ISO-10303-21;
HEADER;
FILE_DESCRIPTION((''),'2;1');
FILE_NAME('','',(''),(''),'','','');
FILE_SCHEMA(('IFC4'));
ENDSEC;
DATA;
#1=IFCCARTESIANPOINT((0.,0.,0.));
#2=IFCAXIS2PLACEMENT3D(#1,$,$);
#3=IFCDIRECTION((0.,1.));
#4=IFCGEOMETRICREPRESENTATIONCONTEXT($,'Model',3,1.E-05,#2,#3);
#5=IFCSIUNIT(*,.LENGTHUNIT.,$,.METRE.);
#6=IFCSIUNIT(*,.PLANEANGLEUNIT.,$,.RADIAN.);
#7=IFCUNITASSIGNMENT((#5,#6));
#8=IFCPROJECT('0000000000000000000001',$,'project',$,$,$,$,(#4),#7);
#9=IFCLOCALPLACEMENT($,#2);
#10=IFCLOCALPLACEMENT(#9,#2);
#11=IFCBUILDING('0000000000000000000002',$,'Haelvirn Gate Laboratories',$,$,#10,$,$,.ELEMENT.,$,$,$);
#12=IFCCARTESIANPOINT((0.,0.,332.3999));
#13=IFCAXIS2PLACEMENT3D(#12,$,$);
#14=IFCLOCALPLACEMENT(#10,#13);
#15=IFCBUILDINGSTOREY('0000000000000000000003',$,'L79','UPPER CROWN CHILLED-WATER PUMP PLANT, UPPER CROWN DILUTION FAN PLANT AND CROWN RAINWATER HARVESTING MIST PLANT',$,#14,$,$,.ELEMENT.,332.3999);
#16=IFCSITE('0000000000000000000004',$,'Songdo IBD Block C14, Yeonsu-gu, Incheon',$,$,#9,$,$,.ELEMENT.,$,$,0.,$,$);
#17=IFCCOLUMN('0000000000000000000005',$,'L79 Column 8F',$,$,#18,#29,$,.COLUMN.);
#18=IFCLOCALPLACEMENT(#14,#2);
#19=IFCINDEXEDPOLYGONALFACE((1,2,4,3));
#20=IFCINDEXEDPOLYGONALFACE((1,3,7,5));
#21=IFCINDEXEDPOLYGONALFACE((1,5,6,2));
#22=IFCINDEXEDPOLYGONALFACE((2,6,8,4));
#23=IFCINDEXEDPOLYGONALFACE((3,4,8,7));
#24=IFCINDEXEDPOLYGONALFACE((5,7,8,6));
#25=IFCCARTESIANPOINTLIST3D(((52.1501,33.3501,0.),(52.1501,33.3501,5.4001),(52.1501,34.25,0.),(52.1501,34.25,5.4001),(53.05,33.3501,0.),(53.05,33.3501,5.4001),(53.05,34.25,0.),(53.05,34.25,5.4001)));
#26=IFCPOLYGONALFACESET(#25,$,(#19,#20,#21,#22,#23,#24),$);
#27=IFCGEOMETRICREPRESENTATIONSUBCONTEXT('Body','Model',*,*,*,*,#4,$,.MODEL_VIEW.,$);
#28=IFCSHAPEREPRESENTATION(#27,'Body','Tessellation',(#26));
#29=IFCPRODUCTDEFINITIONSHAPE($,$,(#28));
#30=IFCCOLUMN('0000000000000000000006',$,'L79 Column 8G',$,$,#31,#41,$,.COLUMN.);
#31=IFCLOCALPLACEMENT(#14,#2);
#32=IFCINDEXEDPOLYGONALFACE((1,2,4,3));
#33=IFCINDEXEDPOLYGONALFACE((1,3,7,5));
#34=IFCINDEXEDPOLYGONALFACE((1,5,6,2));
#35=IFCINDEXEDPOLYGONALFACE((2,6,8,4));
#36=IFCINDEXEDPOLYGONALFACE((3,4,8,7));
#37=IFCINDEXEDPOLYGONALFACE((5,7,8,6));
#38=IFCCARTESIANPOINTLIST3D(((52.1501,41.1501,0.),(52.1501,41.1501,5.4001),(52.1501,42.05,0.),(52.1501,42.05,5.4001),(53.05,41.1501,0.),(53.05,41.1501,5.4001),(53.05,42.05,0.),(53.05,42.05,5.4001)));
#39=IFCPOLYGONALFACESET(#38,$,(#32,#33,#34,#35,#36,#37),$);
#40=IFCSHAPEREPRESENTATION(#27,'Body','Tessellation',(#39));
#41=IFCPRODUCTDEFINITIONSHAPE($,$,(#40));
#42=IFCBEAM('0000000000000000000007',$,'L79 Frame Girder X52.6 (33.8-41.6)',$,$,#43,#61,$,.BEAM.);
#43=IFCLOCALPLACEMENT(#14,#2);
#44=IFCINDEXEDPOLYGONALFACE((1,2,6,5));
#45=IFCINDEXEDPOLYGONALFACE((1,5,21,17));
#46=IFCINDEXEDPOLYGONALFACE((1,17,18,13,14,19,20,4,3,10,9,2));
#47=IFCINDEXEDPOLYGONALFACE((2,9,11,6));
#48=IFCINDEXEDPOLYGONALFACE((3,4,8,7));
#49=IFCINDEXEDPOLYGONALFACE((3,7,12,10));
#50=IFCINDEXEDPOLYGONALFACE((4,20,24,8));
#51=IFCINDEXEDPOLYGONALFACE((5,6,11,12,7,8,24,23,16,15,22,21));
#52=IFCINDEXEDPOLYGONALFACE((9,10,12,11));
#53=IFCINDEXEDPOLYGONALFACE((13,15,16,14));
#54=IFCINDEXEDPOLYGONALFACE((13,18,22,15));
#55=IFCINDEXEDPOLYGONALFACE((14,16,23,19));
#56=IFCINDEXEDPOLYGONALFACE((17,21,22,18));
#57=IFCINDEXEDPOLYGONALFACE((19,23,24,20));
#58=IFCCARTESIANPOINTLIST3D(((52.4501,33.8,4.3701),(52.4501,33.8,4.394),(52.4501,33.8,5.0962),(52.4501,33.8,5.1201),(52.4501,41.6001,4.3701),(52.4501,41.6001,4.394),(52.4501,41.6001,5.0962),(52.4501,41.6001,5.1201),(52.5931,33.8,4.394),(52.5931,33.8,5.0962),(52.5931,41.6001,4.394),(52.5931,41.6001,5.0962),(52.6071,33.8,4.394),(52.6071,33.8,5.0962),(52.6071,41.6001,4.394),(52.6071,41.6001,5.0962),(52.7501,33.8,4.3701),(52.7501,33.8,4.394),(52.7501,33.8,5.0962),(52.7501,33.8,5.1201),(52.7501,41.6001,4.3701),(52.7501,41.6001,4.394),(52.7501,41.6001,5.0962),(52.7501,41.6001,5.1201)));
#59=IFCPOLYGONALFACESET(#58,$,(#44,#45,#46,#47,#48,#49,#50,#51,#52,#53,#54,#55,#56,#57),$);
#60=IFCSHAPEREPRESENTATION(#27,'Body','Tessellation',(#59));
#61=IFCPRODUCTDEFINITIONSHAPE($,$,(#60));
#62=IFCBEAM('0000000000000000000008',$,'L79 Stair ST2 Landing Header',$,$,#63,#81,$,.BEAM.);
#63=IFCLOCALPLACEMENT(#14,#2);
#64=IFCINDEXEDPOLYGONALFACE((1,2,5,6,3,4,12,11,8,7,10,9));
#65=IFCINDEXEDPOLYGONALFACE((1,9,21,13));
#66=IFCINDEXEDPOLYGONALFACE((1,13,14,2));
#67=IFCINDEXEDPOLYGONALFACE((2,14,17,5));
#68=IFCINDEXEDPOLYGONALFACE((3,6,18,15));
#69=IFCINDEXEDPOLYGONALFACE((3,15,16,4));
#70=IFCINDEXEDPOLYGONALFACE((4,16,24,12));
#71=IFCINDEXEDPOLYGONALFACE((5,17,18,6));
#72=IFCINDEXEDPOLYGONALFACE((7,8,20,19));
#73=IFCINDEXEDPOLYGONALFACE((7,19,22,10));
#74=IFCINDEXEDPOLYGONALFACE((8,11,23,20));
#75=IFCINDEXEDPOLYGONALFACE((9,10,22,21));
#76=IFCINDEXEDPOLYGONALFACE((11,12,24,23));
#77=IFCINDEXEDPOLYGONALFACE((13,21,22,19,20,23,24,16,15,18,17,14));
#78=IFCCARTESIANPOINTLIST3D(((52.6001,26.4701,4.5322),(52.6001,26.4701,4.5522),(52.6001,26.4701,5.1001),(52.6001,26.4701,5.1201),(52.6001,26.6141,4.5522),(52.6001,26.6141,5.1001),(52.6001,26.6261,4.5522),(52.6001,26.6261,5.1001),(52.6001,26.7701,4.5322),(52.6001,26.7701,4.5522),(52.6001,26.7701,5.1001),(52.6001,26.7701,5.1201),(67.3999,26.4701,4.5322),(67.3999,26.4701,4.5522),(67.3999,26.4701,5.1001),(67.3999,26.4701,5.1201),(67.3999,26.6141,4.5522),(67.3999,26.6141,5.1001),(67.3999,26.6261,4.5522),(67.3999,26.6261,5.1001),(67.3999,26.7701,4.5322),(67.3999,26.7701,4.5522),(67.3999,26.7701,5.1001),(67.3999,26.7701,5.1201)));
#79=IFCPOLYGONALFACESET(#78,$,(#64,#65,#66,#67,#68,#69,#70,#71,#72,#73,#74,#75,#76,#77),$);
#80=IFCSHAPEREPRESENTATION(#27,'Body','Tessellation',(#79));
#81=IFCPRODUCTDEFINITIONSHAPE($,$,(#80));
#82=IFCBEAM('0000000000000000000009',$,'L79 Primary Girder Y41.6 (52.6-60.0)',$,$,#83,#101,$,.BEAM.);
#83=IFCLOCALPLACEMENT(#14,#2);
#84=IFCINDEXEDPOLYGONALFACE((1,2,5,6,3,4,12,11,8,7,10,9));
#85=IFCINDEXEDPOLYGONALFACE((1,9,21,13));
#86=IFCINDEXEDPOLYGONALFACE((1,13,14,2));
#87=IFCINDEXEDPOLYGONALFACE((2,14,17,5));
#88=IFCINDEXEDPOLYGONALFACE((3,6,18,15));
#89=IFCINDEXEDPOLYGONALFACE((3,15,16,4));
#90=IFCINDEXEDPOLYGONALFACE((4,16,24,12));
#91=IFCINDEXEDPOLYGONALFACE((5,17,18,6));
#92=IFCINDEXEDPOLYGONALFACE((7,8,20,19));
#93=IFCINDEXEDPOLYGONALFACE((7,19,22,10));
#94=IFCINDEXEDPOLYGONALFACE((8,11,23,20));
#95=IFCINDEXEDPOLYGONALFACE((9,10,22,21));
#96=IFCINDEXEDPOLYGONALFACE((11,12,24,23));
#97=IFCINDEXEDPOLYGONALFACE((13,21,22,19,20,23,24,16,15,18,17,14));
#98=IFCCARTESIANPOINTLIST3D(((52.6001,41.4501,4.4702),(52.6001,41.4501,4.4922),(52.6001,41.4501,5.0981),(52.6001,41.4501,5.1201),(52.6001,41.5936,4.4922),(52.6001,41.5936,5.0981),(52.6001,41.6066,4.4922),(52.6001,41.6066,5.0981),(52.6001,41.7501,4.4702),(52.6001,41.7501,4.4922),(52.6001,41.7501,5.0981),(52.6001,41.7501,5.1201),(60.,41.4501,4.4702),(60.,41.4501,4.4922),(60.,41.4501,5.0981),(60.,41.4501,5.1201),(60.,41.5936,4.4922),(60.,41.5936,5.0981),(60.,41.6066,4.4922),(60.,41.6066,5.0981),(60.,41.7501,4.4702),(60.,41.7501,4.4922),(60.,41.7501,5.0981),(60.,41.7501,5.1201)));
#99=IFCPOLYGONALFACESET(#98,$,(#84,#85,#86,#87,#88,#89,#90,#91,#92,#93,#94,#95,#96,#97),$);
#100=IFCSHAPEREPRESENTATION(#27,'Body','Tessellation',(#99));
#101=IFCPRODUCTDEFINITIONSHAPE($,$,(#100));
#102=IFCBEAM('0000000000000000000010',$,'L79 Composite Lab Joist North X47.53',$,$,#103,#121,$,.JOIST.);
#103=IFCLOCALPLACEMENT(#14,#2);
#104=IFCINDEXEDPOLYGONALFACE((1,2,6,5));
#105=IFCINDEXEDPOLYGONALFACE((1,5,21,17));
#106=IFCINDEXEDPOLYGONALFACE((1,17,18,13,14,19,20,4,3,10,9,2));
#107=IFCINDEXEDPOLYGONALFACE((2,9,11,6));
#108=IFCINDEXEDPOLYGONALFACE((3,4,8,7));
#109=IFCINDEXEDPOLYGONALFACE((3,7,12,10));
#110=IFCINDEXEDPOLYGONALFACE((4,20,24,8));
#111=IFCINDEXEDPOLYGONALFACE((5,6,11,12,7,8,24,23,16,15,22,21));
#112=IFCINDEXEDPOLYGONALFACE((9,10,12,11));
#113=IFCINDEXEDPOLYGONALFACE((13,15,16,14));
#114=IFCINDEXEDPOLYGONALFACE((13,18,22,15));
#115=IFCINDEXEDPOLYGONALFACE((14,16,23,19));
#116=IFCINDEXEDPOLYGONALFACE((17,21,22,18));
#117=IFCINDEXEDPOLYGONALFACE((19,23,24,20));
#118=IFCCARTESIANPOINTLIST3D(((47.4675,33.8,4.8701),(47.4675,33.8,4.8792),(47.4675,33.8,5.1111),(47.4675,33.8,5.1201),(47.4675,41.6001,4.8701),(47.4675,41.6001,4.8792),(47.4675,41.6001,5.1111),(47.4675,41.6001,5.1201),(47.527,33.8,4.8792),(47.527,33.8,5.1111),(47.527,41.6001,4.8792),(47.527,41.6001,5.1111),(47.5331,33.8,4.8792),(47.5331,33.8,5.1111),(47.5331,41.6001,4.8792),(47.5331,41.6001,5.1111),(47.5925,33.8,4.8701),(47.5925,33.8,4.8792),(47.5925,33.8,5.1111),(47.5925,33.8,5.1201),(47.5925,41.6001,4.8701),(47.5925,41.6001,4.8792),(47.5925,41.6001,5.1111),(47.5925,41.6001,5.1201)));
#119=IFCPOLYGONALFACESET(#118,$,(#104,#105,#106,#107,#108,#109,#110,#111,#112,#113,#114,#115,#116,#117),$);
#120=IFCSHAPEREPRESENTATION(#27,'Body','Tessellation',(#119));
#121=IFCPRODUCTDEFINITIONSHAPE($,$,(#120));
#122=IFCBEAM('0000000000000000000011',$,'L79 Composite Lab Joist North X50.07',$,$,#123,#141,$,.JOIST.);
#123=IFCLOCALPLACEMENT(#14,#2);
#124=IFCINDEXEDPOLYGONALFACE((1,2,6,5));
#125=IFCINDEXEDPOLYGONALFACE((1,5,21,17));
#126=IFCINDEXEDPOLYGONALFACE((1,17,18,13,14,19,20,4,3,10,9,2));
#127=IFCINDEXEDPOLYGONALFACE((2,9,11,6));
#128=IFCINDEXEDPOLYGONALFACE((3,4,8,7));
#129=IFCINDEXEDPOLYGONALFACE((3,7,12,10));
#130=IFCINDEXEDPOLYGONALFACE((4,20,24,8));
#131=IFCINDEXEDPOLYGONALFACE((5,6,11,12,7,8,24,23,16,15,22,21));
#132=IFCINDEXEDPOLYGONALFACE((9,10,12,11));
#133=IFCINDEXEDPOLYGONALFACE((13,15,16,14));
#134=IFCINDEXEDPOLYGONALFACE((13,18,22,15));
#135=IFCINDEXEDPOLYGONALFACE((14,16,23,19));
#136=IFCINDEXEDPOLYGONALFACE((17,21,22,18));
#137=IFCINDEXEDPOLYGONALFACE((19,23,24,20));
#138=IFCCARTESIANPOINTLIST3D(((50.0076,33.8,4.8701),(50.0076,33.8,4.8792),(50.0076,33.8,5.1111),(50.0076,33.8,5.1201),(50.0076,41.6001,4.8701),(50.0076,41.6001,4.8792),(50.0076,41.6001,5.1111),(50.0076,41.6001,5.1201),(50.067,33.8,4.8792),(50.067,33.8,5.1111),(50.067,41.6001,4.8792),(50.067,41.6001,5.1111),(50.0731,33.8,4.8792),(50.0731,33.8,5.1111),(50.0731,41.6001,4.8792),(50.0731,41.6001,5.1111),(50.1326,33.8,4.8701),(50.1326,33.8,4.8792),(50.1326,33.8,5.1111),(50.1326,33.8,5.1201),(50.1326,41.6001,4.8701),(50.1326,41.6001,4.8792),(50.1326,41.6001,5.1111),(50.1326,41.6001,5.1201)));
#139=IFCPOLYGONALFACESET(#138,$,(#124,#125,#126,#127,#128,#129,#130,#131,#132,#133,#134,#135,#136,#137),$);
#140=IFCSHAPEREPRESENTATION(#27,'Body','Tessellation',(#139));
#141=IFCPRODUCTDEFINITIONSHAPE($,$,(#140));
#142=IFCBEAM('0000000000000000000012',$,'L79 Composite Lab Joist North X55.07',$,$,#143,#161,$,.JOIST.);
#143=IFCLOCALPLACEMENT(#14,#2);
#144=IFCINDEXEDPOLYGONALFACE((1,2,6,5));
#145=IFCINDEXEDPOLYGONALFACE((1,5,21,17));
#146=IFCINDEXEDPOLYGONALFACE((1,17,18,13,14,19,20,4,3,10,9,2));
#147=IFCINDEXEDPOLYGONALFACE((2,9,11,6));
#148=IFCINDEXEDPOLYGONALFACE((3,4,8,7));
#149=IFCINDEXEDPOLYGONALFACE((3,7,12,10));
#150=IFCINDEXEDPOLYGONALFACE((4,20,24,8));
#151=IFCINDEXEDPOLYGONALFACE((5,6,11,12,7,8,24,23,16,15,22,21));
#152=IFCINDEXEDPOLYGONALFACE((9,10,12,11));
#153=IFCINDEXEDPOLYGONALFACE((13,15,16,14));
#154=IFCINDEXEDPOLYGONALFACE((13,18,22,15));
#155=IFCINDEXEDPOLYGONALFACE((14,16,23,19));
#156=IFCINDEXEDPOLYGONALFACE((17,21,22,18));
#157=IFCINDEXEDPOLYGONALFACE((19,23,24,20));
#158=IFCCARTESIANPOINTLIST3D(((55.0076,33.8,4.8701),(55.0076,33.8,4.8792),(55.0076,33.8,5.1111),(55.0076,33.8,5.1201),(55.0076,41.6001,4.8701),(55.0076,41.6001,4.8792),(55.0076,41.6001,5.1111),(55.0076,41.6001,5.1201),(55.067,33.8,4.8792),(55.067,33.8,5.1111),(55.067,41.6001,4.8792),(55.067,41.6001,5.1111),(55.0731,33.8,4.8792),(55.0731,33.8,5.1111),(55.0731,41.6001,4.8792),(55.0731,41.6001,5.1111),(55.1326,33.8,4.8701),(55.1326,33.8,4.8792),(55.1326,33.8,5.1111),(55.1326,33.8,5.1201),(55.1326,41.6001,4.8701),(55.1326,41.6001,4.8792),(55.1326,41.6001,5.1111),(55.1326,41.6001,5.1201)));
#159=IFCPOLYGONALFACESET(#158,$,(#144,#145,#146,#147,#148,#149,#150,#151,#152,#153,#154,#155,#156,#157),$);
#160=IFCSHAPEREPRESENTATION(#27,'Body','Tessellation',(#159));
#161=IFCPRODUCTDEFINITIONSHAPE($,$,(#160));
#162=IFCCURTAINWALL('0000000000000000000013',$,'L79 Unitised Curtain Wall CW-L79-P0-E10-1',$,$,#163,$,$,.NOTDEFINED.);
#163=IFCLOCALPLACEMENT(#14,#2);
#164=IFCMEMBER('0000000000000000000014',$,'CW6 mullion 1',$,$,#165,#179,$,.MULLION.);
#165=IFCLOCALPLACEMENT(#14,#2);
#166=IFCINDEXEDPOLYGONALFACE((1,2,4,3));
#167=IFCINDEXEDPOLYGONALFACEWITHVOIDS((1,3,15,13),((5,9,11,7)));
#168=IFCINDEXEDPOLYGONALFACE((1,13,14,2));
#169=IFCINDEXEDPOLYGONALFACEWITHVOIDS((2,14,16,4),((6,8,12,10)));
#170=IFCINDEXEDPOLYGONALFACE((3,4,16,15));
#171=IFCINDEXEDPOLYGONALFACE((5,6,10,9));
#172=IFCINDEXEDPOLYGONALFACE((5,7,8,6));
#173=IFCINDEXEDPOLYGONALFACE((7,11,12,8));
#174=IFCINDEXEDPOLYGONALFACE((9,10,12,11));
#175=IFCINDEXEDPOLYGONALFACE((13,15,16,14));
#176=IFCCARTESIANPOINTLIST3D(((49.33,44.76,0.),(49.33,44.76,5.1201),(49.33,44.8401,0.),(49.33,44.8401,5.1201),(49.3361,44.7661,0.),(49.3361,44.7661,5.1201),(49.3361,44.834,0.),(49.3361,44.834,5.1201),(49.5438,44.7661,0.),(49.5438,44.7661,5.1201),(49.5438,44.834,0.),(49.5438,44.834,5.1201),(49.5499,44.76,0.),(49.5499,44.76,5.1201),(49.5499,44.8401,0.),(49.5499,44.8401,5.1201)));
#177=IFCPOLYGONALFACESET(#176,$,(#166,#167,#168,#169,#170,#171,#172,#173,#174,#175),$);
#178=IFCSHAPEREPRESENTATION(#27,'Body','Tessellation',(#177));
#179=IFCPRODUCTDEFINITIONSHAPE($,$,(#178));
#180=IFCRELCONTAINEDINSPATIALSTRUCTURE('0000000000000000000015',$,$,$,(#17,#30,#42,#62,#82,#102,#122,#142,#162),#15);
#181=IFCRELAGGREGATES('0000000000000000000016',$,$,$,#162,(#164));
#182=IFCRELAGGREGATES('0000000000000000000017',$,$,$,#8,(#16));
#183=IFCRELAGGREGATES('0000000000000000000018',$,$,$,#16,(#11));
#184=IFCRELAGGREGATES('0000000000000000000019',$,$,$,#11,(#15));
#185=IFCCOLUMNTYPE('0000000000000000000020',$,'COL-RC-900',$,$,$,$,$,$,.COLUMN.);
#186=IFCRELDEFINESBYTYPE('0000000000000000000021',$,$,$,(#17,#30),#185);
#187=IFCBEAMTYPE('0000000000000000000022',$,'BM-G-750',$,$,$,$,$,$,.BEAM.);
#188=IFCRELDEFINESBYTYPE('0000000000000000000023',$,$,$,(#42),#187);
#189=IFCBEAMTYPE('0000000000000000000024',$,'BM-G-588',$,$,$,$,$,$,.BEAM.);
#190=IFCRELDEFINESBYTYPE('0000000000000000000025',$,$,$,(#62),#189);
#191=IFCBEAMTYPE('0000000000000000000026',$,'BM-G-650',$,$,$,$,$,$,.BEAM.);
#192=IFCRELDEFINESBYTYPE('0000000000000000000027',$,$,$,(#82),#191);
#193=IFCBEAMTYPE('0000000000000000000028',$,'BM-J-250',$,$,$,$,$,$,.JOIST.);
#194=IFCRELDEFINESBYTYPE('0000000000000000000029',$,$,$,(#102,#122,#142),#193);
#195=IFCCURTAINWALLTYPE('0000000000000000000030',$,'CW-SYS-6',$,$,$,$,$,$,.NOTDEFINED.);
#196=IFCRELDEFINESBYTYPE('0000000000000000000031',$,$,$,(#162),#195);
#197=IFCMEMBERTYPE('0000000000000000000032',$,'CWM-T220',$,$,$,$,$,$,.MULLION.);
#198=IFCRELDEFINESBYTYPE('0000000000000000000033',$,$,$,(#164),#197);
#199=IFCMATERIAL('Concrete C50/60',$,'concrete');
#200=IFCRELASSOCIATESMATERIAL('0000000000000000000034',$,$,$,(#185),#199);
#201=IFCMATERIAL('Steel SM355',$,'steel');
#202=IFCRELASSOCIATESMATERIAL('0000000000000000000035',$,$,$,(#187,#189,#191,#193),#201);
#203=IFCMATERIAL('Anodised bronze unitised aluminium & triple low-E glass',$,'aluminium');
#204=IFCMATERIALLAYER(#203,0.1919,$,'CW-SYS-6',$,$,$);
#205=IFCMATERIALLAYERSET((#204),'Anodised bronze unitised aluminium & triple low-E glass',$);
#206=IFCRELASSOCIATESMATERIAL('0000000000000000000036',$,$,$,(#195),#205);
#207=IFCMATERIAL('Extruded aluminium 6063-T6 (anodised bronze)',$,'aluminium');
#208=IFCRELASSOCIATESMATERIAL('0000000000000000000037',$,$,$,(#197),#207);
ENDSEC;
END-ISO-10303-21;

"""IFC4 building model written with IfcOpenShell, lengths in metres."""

from ifc_helpers import new_model, si_unit, direction, frame, origin, origin_2d, place, context, subcontext, project, spatial, rectangle, hollow_rectangle, i_section, extrude, source, transform, mapped, material, layer, layer_set, material_profile, profile_set, type_object, type_shapes, element, aggregate, save


model = new_model("IFC4")

# Units and contexts
model_context = context("Model", 3, precision=1e-05, world=origin(), true_north=direction((0.0, 1.0)))
body_context = subcontext(model_context, "Body", "Model", "MODEL_VIEW")
ifc_project = project(units=[si_unit("LENGTHUNIT", "METRE"), si_unit("PLANEANGLEUNIT", "RADIAN")], contexts=[model_context])

# Site, building, storey
site_placement = place(None, origin())
site = spatial("IfcSite", under=ifc_project, at=site_placement, Name="Songdo IBD Block C14, Yeonsu-gu, Incheon", CompositionType="ELEMENT", RefElevation=0.0)
building_placement = place(site_placement, origin())
building = spatial("IfcBuilding", under=site, at=building_placement, Name="Haelvirn Gate Laboratories", CompositionType="ELEMENT")
storey_placement = place(building_placement, frame((0.0, 0.0, 332.3999)))
storey = spatial("IfcBuildingStorey", under=building, at=storey_placement, Name="L79", Description="UPPER CROWN CHILLED-WATER PUMP PLANT, UPPER CROWN DILUTION FAN PLANT AND CROWN RAINWATER HARVESTING MIST PLANT", CompositionType="ELEMENT", Elevation=332.3999)

# Columns
ifc_material_1 = material(Name="Concrete C50/60", Category="concrete")
ifc_material_profile_1 = material_profile(ifc_material_1, rectangle(XDim=0.8999, YDim=0.8999, at=origin_2d()), Name="RC-900x900")
ifc_profile_set_1 = profile_set([ifc_material_profile_1], Name="Concrete C50/60")
column_type = type_object("IfcColumnType", Name="COL-RC-900", PredefinedType="COLUMN", material=ifc_profile_set_1)
shared_shape_1 = source(origin(), body_context, "Body", "SweptSolid", [
    extrude(rectangle(XDim=0.8999, YDim=0.8999, at=origin_2d()), origin(), (0.0, 0.0, 1.0), 5.4001),
])
type_shapes(column_type, [shared_shape_1])
for number, where, z_axis, x_axis, name in (
    (1, (52.6001, 33.8, 0.0), (0.0, 0.0, 1.0), (1.0, 0.0, 0.0), "L79 Column 8F"),
    (2, (52.6001, 41.6001, 0.0), (0.0, 0.0, 1.0), (1.0, 0.0, 0.0), "L79 Column 8G"),
):
    element("IfcColumn", number, at=place(storey_placement, frame(where, z_axis=z_axis, x_axis=x_axis)), inside=storey, type_object=column_type, Name=name, PredefinedType="COLUMN", context=body_context, shape_type="MappedRepresentation", body=[
        mapped(shared_shape_1, transform((0.0, 0.0, 0.0), scale=1.0)),
    ])

# Beams
ifc_material_2 = material(Name="Steel SM355", Category="steel")
ifc_material_profile_2 = material_profile(ifc_material_2, i_section(OverallWidth=0.3, OverallDepth=0.75, WebThickness=0.0139, FlangeThickness=0.0239, at=origin_2d()), Name="H-750x300x14x24")
ifc_profile_set_2 = profile_set([ifc_material_profile_2], Name="Steel SM355")
beam_type_1 = type_object("IfcBeamType", Name="BM-G-750", PredefinedType="BEAM", material=ifc_profile_set_2)
shared_shape_2 = source(origin(), body_context, "Body", "SweptSolid", [
    extrude(i_section(OverallWidth=0.3, OverallDepth=0.75, WebThickness=0.0139, FlangeThickness=0.0239, at=origin_2d()), origin(), (0.0, 0.0, 1.0), 7.8),
])
type_shapes(beam_type_1, [shared_shape_2])
beam_1_placement = place(storey_placement, frame((52.6001, 33.8, 4.7451), z_axis=(0.0, 1.0, 0.0), x_axis=(-1.0, 0.0, 0.0)))
element("IfcBeam", 3, at=beam_1_placement, inside=storey, type_object=beam_type_1, Name="L79 Frame Girder X52.6 (33.8-41.6)", PredefinedType="BEAM", context=body_context, shape_type="MappedRepresentation", body=[
    mapped(shared_shape_2, transform((0.0, 0.0, 0.0), scale=1.0)),
])
ifc_material_profile_3 = material_profile(ifc_material_2, i_section(OverallWidth=0.3, OverallDepth=0.5879, WebThickness=0.012, FlangeThickness=0.02, at=origin_2d()), Name="H-588x300x12x20")
ifc_profile_set_3 = profile_set([ifc_material_profile_3], Name="Steel SM355")
beam_type_2 = type_object("IfcBeamType", Name="BM-G-588", PredefinedType="BEAM", material=ifc_profile_set_3)
shared_shape_3 = source(origin(), body_context, "Body", "SweptSolid", [
    extrude(i_section(OverallWidth=0.3, OverallDepth=0.5879, WebThickness=0.012, FlangeThickness=0.02, at=origin_2d()), origin(), (0.0, 0.0, 1.0), 14.7998),
])
type_shapes(beam_type_2, [shared_shape_3])
beam_2_placement = place(storey_placement, frame((52.6001, 26.6201, 4.8262), z_axis=(1.0, 0.0, 0.0), x_axis=(0.0, 1.0, 0.0)))
element("IfcBeam", 4, at=beam_2_placement, inside=storey, type_object=beam_type_2, Name="L79 Stair ST2 Landing Header", PredefinedType="BEAM", context=body_context, shape_type="MappedRepresentation", body=[
    mapped(shared_shape_3, transform((0.0, 0.0, 0.0), scale=1.0)),
])
ifc_material_profile_4 = material_profile(ifc_material_2, i_section(OverallWidth=0.3, OverallDepth=0.6499, WebThickness=0.0129, FlangeThickness=0.022, at=origin_2d()), Name="H-650x300x13x22")
ifc_profile_set_4 = profile_set([ifc_material_profile_4], Name="Steel SM355")
beam_type_3 = type_object("IfcBeamType", Name="BM-G-650", PredefinedType="BEAM", material=ifc_profile_set_4)
shared_shape_4 = source(origin(), body_context, "Body", "SweptSolid", [
    extrude(i_section(OverallWidth=0.3, OverallDepth=0.6499, WebThickness=0.0129, FlangeThickness=0.022, at=origin_2d()), origin(), (0.0, 0.0, 1.0), 7.3999),
])
type_shapes(beam_type_3, [shared_shape_4])
beam_3_placement = place(storey_placement, frame((52.6001, 41.6001, 4.7952), z_axis=(1.0, 0.0, 0.0), x_axis=(0.0, 1.0, 0.0)))
element("IfcBeam", 5, at=beam_3_placement, inside=storey, type_object=beam_type_3, Name="L79 Primary Girder Y41.6 (52.6-60.0)", PredefinedType="BEAM", context=body_context, shape_type="MappedRepresentation", body=[
    mapped(shared_shape_4, transform((0.0, 0.0, 0.0), scale=1.0)),
])
ifc_material_profile_5 = material_profile(ifc_material_2, i_section(OverallWidth=0.125, OverallDepth=0.25, WebThickness=0.0061, FlangeThickness=0.009, at=origin_2d()), Name="H-250x125x6x9")
ifc_profile_set_5 = profile_set([ifc_material_profile_5], Name="Steel SM355")
beam_type_4 = type_object("IfcBeamType", Name="BM-J-250", PredefinedType="JOIST", material=ifc_profile_set_5)
shared_shape_5 = source(origin(), body_context, "Body", "SweptSolid", [
    extrude(i_section(OverallWidth=0.125, OverallDepth=0.25, WebThickness=0.0061, FlangeThickness=0.009, at=origin_2d()), origin(), (0.0, 0.0, 1.0), 7.8),
])
type_shapes(beam_type_4, [shared_shape_5])
for number, where, z_axis, x_axis, name in (
    (6, (47.53, 33.8, 4.9951), (0.0, 1.0, 0.0), (-1.0, 0.0, 0.0), "L79 Composite Lab Joist North X47.53"),
    (7, (50.0701, 33.8, 4.9951), (0.0, 1.0, 0.0), (-1.0, 0.0, 0.0), "L79 Composite Lab Joist North X50.07"),
    (8, (55.0701, 33.8, 4.9951), (0.0, 1.0, 0.0), (-1.0, 0.0, 0.0), "L79 Composite Lab Joist North X55.07"),
):
    element("IfcBeam", number, at=place(storey_placement, frame(where, z_axis=z_axis, x_axis=x_axis)), inside=storey, type_object=beam_type_4, Name=name, PredefinedType="JOIST", context=body_context, shape_type="MappedRepresentation", body=[
        mapped(shared_shape_5, transform((0.0, 0.0, 0.0), scale=1.0)),
    ])

# Curtain wall, member
ifc_material_3 = material(Name="Anodised bronze unitised aluminium & triple low-E glass", Category="aluminium")
ifc_layer_1 = layer(ifc_material_3, 0.1919, Name="CW-SYS-6")
ifc_layer_set_1 = layer_set([ifc_layer_1], Name="Anodised bronze unitised aluminium & triple low-E glass")
curtain_wall_type = type_object("IfcCurtainWallType", Name="CW-SYS-6", PredefinedType="NOTDEFINED", material=ifc_layer_set_1)
curtain_wall_1_placement = place(storey_placement, origin())
curtain_wall_1 = element("IfcCurtainWall", 9, at=curtain_wall_1_placement, inside=storey, type_object=curtain_wall_type, Name="L79 Unitised Curtain Wall CW-L79-P0-E10-1", PredefinedType="NOTDEFINED")
ifc_material_4 = material(Name="Extruded aluminium 6063-T6 (anodised bronze)", Category="aluminium")
ifc_material_profile_6 = material_profile(ifc_material_4, hollow_rectangle(XDim=0.0801, YDim=0.22, WallThickness=0.0061, at=origin_2d()), Name="CWM-220x80x6")
ifc_profile_set_6 = profile_set([ifc_material_profile_6], Name="Extruded aluminium 6063-T6 (anodised bronze)")
member_type_1 = type_object("IfcMemberType", Name="CWM-T220", PredefinedType="MULLION", material=ifc_profile_set_6)
shared_shape_6 = source(origin(), body_context, "Body", "SweptSolid", [
    extrude(hollow_rectangle(XDim=0.0801, YDim=0.22, WallThickness=0.0061, at=origin_2d()), origin(), (0.0, 0.0, 1.0), 5.1201),
])
type_shapes(member_type_1, [shared_shape_6])
member_1_placement = place(storey_placement, frame((49.4399, 44.8, 0.0), z_axis=(0.0, 0.0, 1.0), x_axis=(0.0, 1.0, 0.0)))
member_1 = element("IfcMember", 10, at=member_1_placement, type_object=member_type_1, Name="CW6 mullion 1", PredefinedType="MULLION", context=body_context, shape_type="MappedRepresentation", body=[
    mapped(shared_shape_6, transform((0.0, 0.0, 0.0), scale=1.0)),
])

aggregate(curtain_wall_1, [member_1])

save(model, "model.ifc")
